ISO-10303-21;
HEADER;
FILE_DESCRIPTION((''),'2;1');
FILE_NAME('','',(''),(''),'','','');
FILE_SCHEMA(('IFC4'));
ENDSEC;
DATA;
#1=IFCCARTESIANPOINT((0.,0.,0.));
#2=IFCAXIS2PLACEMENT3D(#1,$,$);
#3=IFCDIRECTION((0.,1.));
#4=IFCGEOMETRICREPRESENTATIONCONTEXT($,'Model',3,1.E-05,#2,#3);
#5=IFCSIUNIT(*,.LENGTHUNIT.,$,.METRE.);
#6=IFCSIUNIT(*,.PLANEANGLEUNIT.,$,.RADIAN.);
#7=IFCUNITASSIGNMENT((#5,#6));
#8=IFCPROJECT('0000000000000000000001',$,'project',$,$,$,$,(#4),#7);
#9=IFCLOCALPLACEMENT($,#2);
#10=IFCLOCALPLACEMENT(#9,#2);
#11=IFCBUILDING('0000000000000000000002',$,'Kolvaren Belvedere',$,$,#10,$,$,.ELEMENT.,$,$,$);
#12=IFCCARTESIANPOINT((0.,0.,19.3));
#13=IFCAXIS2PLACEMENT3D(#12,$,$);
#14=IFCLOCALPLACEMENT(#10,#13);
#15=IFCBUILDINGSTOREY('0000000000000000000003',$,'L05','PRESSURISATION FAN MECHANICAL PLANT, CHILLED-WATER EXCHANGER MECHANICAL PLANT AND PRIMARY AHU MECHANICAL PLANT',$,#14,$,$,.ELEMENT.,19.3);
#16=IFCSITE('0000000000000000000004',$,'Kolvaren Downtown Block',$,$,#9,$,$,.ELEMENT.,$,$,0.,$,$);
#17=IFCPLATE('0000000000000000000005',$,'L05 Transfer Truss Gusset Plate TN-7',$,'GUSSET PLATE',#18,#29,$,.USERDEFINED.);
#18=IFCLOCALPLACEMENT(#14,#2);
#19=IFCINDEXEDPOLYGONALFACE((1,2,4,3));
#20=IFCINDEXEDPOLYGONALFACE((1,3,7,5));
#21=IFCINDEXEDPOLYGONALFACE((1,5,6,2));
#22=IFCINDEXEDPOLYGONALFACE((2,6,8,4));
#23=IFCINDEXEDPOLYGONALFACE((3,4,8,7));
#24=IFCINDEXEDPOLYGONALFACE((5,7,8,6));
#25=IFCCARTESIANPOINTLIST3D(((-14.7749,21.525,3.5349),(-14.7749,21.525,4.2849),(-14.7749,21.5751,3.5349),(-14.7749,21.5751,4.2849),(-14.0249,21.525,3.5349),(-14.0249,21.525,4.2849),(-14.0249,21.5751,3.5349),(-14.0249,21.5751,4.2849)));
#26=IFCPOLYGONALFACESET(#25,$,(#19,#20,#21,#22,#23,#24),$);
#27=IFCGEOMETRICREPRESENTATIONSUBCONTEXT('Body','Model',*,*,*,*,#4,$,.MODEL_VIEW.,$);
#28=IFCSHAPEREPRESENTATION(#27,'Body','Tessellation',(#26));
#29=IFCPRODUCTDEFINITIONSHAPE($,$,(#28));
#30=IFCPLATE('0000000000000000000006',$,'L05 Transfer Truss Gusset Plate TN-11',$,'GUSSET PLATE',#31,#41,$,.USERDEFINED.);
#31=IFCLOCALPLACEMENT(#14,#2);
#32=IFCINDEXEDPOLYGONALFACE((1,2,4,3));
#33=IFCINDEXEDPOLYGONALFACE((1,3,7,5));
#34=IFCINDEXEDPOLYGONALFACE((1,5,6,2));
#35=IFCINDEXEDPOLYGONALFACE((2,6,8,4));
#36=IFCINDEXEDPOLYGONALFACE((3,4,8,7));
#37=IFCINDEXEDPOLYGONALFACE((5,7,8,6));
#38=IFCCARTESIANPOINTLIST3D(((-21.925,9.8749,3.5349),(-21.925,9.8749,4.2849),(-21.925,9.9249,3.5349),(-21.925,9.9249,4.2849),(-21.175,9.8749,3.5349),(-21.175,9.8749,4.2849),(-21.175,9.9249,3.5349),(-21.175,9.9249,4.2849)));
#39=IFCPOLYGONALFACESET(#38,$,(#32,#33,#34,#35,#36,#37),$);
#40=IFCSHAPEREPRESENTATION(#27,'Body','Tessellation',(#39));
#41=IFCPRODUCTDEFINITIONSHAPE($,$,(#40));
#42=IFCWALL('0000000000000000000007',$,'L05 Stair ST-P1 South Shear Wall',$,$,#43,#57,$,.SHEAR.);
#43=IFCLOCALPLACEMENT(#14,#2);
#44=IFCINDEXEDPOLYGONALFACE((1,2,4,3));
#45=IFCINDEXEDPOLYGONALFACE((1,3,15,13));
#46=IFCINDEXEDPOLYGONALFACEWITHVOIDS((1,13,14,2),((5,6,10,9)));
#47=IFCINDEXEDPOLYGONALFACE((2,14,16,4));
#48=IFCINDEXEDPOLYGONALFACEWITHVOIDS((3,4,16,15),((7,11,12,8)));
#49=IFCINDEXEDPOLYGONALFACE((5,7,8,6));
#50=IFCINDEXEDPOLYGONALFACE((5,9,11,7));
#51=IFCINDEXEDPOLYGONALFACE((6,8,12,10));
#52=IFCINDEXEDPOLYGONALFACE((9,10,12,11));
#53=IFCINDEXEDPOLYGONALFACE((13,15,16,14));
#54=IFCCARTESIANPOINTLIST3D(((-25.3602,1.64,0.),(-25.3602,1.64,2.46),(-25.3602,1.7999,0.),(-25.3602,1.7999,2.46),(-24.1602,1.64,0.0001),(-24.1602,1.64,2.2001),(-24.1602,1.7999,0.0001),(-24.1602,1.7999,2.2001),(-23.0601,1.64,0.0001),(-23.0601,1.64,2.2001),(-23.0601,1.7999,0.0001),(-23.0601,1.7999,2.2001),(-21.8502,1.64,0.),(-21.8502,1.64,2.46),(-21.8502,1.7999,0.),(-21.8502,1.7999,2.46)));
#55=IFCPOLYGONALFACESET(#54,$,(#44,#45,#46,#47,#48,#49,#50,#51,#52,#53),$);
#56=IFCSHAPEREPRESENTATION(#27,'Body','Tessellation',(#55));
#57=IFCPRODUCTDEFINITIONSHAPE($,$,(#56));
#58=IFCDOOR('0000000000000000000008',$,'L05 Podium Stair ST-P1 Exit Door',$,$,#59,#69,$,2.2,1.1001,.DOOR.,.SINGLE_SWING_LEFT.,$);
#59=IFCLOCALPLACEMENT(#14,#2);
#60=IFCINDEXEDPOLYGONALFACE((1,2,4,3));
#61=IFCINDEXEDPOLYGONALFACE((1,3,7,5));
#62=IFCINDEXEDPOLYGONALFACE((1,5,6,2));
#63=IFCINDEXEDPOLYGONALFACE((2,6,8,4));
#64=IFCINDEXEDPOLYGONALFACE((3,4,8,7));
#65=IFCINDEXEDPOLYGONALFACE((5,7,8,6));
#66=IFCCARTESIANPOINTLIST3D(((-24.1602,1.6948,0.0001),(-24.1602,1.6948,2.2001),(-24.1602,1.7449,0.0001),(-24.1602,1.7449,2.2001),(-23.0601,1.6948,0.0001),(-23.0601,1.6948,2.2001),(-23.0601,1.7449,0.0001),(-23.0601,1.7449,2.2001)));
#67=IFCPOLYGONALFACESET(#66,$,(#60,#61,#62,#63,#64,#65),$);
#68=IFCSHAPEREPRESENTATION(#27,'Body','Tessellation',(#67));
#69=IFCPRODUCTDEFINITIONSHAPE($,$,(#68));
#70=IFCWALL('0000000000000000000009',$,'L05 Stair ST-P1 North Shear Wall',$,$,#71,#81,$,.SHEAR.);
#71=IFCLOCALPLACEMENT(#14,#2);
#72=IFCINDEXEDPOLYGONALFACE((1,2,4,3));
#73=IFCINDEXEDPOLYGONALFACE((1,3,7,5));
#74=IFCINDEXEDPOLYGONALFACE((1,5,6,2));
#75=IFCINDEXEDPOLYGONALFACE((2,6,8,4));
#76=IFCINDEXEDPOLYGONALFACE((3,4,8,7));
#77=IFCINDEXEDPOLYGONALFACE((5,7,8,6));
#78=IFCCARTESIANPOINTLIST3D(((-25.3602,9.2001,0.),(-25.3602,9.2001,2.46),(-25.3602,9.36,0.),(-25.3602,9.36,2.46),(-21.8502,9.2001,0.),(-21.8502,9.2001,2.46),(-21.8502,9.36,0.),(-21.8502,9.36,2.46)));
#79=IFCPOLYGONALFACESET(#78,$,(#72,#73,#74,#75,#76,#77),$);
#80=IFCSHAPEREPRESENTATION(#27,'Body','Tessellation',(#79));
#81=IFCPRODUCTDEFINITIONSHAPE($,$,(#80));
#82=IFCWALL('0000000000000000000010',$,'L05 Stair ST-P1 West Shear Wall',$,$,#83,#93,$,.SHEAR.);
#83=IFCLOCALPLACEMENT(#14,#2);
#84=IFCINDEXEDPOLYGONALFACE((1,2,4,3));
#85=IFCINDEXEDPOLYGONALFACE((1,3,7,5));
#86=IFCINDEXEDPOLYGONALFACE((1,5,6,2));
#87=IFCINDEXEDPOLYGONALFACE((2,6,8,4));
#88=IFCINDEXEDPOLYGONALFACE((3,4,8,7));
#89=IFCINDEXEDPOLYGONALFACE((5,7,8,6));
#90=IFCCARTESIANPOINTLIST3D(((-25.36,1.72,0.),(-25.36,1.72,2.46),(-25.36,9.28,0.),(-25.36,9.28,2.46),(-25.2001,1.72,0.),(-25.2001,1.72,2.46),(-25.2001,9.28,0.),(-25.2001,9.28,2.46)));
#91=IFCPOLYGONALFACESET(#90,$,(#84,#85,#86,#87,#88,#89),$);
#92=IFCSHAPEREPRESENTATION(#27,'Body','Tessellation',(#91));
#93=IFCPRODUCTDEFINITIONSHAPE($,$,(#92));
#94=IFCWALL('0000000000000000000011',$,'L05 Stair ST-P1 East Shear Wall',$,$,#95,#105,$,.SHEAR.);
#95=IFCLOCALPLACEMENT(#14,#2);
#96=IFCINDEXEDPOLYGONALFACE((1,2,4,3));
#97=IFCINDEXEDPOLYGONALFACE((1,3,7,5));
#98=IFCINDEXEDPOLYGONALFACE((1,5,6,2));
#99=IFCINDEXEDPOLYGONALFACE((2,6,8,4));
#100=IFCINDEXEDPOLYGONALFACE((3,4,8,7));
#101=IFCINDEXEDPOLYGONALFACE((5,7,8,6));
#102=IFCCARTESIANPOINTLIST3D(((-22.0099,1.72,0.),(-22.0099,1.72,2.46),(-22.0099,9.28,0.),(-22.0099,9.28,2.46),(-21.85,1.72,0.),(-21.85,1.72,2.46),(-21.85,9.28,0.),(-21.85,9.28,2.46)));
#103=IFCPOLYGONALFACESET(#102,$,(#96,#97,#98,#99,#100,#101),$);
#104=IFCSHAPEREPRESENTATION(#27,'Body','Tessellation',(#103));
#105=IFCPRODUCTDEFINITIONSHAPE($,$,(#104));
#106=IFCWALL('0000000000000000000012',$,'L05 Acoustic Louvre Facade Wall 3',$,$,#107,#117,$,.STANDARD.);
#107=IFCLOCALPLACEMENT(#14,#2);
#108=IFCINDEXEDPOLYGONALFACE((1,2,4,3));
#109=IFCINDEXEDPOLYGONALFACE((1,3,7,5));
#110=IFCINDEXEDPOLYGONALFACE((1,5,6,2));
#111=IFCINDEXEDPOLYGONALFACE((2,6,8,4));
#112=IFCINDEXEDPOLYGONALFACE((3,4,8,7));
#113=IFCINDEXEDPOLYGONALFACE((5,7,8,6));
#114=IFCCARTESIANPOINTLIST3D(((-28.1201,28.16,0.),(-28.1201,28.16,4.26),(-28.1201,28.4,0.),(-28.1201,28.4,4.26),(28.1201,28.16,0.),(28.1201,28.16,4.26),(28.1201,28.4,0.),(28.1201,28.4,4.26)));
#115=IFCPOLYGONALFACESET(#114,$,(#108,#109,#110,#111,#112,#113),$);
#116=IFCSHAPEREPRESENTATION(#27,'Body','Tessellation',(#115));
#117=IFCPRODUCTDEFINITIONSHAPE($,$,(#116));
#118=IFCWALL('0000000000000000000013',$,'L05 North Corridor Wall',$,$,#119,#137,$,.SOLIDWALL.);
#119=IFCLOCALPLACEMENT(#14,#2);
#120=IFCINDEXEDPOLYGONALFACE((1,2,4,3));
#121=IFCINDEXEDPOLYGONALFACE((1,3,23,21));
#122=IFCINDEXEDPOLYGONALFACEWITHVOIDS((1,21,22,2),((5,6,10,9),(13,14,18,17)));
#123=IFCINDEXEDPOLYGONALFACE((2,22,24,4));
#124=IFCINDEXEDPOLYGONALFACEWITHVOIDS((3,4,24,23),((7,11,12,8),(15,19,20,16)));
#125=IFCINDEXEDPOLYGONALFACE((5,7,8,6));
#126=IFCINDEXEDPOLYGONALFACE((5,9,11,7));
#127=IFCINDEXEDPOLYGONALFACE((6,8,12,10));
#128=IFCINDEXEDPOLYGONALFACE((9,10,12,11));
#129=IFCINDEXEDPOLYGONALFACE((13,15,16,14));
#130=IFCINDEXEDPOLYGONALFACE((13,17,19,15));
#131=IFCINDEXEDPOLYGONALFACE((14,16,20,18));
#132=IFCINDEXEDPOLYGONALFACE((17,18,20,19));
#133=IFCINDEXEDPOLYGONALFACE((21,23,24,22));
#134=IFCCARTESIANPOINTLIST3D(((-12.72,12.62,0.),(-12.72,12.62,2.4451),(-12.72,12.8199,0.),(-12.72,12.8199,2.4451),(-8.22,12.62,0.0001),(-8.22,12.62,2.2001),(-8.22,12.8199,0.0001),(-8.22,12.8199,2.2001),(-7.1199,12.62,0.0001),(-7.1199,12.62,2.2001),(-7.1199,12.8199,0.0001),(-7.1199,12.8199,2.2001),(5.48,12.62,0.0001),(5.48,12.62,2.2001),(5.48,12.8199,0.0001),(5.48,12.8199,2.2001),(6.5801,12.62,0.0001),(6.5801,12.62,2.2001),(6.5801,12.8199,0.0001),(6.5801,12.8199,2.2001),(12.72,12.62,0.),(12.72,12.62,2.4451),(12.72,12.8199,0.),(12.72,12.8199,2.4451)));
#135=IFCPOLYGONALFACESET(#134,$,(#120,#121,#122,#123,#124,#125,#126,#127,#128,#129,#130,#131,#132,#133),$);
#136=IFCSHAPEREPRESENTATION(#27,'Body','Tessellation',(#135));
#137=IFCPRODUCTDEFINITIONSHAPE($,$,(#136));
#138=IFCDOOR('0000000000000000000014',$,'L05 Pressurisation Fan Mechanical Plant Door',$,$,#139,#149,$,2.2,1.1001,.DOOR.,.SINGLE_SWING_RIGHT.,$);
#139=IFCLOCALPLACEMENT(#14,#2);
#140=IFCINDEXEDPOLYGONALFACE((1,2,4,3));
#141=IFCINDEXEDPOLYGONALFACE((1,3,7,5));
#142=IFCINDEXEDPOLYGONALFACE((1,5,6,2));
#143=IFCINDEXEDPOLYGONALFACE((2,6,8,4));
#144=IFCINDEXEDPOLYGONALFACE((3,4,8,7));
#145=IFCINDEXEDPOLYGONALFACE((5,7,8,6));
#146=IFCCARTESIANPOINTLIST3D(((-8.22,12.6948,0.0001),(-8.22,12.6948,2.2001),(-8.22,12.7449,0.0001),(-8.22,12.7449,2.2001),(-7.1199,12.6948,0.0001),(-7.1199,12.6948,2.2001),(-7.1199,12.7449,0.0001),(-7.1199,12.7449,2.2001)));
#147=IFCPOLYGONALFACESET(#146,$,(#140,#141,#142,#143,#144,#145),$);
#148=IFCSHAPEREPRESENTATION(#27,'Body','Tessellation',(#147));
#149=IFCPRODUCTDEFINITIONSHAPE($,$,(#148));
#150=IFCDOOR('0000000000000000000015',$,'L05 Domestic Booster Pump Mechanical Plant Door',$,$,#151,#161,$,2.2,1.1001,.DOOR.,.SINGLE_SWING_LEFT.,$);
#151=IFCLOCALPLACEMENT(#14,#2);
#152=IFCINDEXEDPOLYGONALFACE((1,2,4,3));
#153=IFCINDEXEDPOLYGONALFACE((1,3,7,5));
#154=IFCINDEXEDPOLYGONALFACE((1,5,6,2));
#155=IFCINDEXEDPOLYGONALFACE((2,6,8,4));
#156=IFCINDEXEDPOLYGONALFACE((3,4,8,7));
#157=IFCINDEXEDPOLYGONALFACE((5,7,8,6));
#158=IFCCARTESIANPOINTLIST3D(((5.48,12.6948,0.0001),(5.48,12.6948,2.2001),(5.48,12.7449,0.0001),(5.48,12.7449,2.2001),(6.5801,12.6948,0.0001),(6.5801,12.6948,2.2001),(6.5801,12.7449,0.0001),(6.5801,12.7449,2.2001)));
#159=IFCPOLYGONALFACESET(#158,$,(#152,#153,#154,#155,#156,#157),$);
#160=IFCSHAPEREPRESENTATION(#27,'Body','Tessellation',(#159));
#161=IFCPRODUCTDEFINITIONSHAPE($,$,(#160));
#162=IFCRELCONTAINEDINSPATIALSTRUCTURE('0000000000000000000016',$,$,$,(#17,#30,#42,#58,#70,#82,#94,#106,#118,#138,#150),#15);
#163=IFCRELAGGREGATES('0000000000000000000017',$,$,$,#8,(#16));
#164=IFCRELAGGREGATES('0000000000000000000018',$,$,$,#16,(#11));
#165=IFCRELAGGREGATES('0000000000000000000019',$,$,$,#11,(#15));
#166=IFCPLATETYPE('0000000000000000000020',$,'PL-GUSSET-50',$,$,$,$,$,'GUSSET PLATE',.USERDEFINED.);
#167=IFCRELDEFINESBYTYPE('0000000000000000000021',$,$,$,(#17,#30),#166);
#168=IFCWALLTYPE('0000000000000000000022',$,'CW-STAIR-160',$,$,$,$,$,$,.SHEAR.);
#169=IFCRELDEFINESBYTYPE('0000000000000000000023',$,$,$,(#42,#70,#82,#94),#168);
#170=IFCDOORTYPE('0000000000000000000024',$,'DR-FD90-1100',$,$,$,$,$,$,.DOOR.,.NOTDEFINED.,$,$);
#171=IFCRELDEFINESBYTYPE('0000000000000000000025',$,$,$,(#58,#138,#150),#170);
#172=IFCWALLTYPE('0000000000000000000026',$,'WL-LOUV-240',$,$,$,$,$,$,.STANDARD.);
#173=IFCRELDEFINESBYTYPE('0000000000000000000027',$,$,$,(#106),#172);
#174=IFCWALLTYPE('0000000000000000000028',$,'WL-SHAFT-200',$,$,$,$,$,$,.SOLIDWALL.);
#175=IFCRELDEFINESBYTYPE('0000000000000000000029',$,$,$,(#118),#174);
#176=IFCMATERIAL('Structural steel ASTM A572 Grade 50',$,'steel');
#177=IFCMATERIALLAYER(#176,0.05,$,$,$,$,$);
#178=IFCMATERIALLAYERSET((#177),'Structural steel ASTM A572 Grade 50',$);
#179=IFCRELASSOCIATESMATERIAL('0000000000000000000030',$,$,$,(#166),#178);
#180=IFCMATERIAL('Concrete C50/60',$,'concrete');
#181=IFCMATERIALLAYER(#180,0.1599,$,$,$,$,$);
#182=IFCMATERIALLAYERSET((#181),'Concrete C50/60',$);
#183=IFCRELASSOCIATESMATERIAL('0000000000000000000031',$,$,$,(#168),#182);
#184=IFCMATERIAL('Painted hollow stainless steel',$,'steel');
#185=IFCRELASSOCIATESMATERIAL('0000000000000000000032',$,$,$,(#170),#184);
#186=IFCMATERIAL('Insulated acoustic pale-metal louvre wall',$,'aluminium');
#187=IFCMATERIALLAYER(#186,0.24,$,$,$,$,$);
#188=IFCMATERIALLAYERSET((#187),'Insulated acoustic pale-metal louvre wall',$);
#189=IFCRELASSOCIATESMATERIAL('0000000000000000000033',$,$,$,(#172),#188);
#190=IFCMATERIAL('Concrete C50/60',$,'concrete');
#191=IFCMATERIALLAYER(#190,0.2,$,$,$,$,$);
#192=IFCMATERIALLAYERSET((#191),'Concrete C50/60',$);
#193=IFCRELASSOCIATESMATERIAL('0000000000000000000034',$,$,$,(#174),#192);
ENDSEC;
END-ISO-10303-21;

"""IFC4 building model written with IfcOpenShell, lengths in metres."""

from ifc_helpers import new_model, si_unit, direction, frame, frame_2d, origin, origin_2d, place, context, subcontext, project, spatial, rectangle, extrude, material, layer, layer_set, type_object, element, fill, save


model = new_model("IFC4")

# Units and contexts
model_context = context("Model", 3, precision=1e-05, world=origin(), true_north=direction((0.0, 1.0)))
body_context = subcontext(model_context, "Body", "Model", "MODEL_VIEW")
ifc_project = project(units=[si_unit("LENGTHUNIT", "METRE"), si_unit("PLANEANGLEUNIT", "RADIAN")], contexts=[model_context])

# Site, building, storey
site_placement = place(None, origin())
site = spatial("IfcSite", under=ifc_project, at=site_placement, Name="Kolvaren Downtown Block", CompositionType="ELEMENT", RefElevation=0.0)
building_placement = place(site_placement, origin())
building = spatial("IfcBuilding", under=site, at=building_placement, Name="Kolvaren Belvedere", CompositionType="ELEMENT")
storey_placement = place(building_placement, frame((0.0, 0.0, 19.3)))
storey = spatial("IfcBuildingStorey", under=building, at=storey_placement, Name="L05", Description="PRESSURISATION FAN MECHANICAL PLANT, CHILLED-WATER EXCHANGER MECHANICAL PLANT AND PRIMARY AHU MECHANICAL PLANT", CompositionType="ELEMENT", Elevation=19.3)

# Plates
ifc_material_1 = material(Name="Structural steel ASTM A572 Grade 50", Category="steel")
ifc_layer_1 = layer(ifc_material_1, 0.05)
ifc_layer_set_1 = layer_set([ifc_layer_1], Name="Structural steel ASTM A572 Grade 50")
plate_type = type_object("IfcPlateType", Name="PL-GUSSET-50", ElementType="GUSSET PLATE", PredefinedType="USERDEFINED", material=ifc_layer_set_1)
for number, where, z_axis, x_axis, name in (
    (1, (-14.3999, 21.55, 3.5349), (0.0, 0.0, 1.0), (1.0, 0.0, 0.0), "L05 Transfer Truss Gusset Plate TN-7"),
    (2, (-21.55, 9.8999, 3.5349), (0.0, 0.0, 1.0), (1.0, 0.0, 0.0), "L05 Transfer Truss Gusset Plate TN-11"),
):
    element("IfcPlate", number, at=place(storey_placement, frame(where, z_axis=z_axis, x_axis=x_axis)), inside=storey, type_object=plate_type, Name=name, ObjectType="GUSSET PLATE", PredefinedType="USERDEFINED", context=body_context, shape_type="SweptSolid", body=[
        extrude(rectangle(XDim=0.75, YDim=0.05, at=origin_2d()), origin(), (0.0, 0.0, 1.0), 0.75),
    ])

# Wall, opening, door
ifc_material_2 = material(Name="Concrete C50/60", Category="concrete")
ifc_layer_2 = layer(ifc_material_2, 0.1599)
ifc_layer_set_2 = layer_set([ifc_layer_2], Name="Concrete C50/60")
wall_type_1 = type_object("IfcWallType", Name="CW-STAIR-160", PredefinedType="SHEAR", material=ifc_layer_set_2)
wall_1_placement = place(storey_placement, frame((-25.3601, 1.72, 0.0), z_axis=(0.0, 0.0, 1.0), x_axis=(1.0, 0.0, 0.0)))
wall_1 = element("IfcWall", 3, at=wall_1_placement, inside=storey, type_object=wall_type_1, Name="L05 Stair ST-P1 South Shear Wall", PredefinedType="SHEAR", context=body_context, shape_type="SweptSolid", body=[
    extrude(rectangle(XDim=3.51, YDim=0.1599, at=frame_2d((1.7549, 0.0))), origin(), (0.0, 0.0, 1.0), 2.46),
])
opening_1_placement = place(wall_1_placement, frame((1.2, 0.0, 0.0)))
opening_1 = element("IfcOpeningElement", 4, at=opening_1_placement, cuts=wall_1, PredefinedType="OPENING", context=body_context, shape_type="SweptSolid", body=[
    extrude(rectangle(XDim=1.1001, YDim=2.2, at=frame_2d((0.55, 1.1001))), frame((0.0, 0.0898, 0.0), z_axis=(0.0, -1.0, 0.0), x_axis=(1.0, 0.0, 0.0)), (0.0, 0.0, 1.0), 0.1799),
])
ifc_material_3 = material(Name="Painted hollow stainless steel", Category="steel")
door_type = type_object("IfcDoorType", Name="DR-FD90-1100", OperationType="NOTDEFINED", PredefinedType="DOOR", material=ifc_material_3)
door_1_placement = place(opening_1_placement, origin())
door_1 = element("IfcDoor", 5, at=door_1_placement, inside=storey, type_object=door_type, Name="L05 Podium Stair ST-P1 Exit Door", OperationType="SINGLE_SWING_LEFT", OverallHeight=2.2, OverallWidth=1.1001, PredefinedType="DOOR", context=body_context, shape_type="SweptSolid", body=[
    extrude(rectangle(XDim=1.1001, YDim=2.2, at=frame_2d((0.55, 1.1001))), frame((0.0, 0.0249, 0.0), z_axis=(0.0, -1.0, 0.0), x_axis=(1.0, 0.0, 0.0)), (0.0, 0.0, 1.0), 0.05),
])
fill(opening_1, door_1)

# Walls
wall_2_placement = place(storey_placement, frame((-25.3601, 9.28, 0.0), z_axis=(0.0, 0.0, 1.0), x_axis=(1.0, 0.0, 0.0)))
element("IfcWall", 6, at=wall_2_placement, inside=storey, type_object=wall_type_1, Name="L05 Stair ST-P1 North Shear Wall", PredefinedType="SHEAR", context=body_context, shape_type="SweptSolid", body=[
    extrude(rectangle(XDim=3.51, YDim=0.1599, at=frame_2d((1.7549, 0.0))), origin(), (0.0, 0.0, 1.0), 2.46),
])
for number, where, z_axis, x_axis, name in (
    (7, (-25.28, 1.72, 0.0), (0.0, 0.0, 1.0), (0.0, 1.0, 0.0), "L05 Stair ST-P1 West Shear Wall"),
    (8, (-21.9299, 1.72, 0.0), (0.0, 0.0, 1.0), (0.0, 1.0, 0.0), "L05 Stair ST-P1 East Shear Wall"),
):
    element("IfcWall", number, at=place(storey_placement, frame(where, z_axis=z_axis, x_axis=x_axis)), inside=storey, type_object=wall_type_1, Name=name, PredefinedType="SHEAR", context=body_context, shape_type="SweptSolid", body=[
        extrude(rectangle(XDim=7.5601, YDim=0.1599, at=frame_2d((3.78, 0.0))), origin(), (0.0, 0.0, 1.0), 2.46),
    ])
ifc_material_4 = material(Name="Insulated acoustic pale-metal louvre wall", Category="aluminium")
ifc_layer_3 = layer(ifc_material_4, 0.24)
ifc_layer_set_3 = layer_set([ifc_layer_3], Name="Insulated acoustic pale-metal louvre wall")
wall_type_2 = type_object("IfcWallType", Name="WL-LOUV-240", PredefinedType="STANDARD", material=ifc_layer_set_3)
wall_3_placement = place(storey_placement, frame((-28.1201, 28.28, 0.0), z_axis=(0.0, 0.0, 1.0), x_axis=(1.0, 0.0, 0.0)))
element("IfcWall", 9, at=wall_3_placement, inside=storey, type_object=wall_type_2, Name="L05 Acoustic Louvre Facade Wall 3", PredefinedType="STANDARD", context=body_context, shape_type="SweptSolid", body=[
    extrude(rectangle(XDim=56.2402, YDim=0.24, at=frame_2d((28.1201, 0.0))), origin(), (0.0, 0.0, 1.0), 4.26),
])

# Wall, openings, doors
ifc_material_5 = material(Name="Concrete C50/60", Category="concrete")
ifc_layer_4 = layer(ifc_material_5, 0.2)
ifc_layer_set_4 = layer_set([ifc_layer_4], Name="Concrete C50/60")
wall_type_3 = type_object("IfcWallType", Name="WL-SHAFT-200", PredefinedType="SOLIDWALL", material=ifc_layer_set_4)
wall_4_placement = place(storey_placement, frame((-12.72, 12.72, 0.0), z_axis=(0.0, 0.0, 1.0), x_axis=(1.0, 0.0, 0.0)))
wall_4 = element("IfcWall", 10, at=wall_4_placement, inside=storey, type_object=wall_type_3, Name="L05 North Corridor Wall", PredefinedType="SOLIDWALL", context=body_context, shape_type="SweptSolid", body=[
    extrude(rectangle(XDim=25.4399, YDim=0.2, at=frame_2d((12.72, 0.0))), origin(), (0.0, 0.0, 1.0), 2.4451),
])
opening_2_placement = place(wall_4_placement, frame((4.5, 0.0, 0.0)))
opening_2 = element("IfcOpeningElement", 11, at=opening_2_placement, cuts=wall_4, PredefinedType="OPENING", context=body_context, shape_type="SweptSolid", body=[
    extrude(rectangle(XDim=1.1001, YDim=2.2, at=frame_2d((0.55, 1.1001))), frame((0.0, 0.1099, 0.0), z_axis=(0.0, -1.0, 0.0), x_axis=(1.0, 0.0, 0.0)), (0.0, 0.0, 1.0), 0.22),
])
opening_3_placement = place(wall_4_placement, frame((18.2, 0.0, 0.0)))
opening_3 = element("IfcOpeningElement", 12, at=opening_3_placement, cuts=wall_4, PredefinedType="OPENING", context=body_context, shape_type="SweptSolid", body=[
    extrude(rectangle(XDim=1.1001, YDim=2.2, at=frame_2d((0.55, 1.1001))), frame((0.0, 0.1099, 0.0), z_axis=(0.0, -1.0, 0.0), x_axis=(1.0, 0.0, 0.0)), (0.0, 0.0, 1.0), 0.22),
])
door_2_placement = place(opening_2_placement, origin())
door_2 = element("IfcDoor", 13, at=door_2_placement, inside=storey, type_object=door_type, Name="L05 Pressurisation Fan Mechanical Plant Door", OperationType="SINGLE_SWING_RIGHT", OverallHeight=2.2, OverallWidth=1.1001, PredefinedType="DOOR", context=body_context, shape_type="SweptSolid", body=[
    extrude(rectangle(XDim=1.1001, YDim=2.2, at=frame_2d((0.55, 1.1001))), frame((0.0, 0.0249, 0.0), z_axis=(0.0, -1.0, 0.0), x_axis=(1.0, 0.0, 0.0)), (0.0, 0.0, 1.0), 0.05),
])
fill(opening_2, door_2)
door_3_placement = place(opening_3_placement, origin())
door_3 = element("IfcDoor", 14, at=door_3_placement, inside=storey, type_object=door_type, Name="L05 Domestic Booster Pump Mechanical Plant Door", OperationType="SINGLE_SWING_LEFT", OverallHeight=2.2, OverallWidth=1.1001, PredefinedType="DOOR", context=body_context, shape_type="SweptSolid", body=[
    extrude(rectangle(XDim=1.1001, YDim=2.2, at=frame_2d((0.55, 1.1001))), frame((0.0, 0.0249, 0.0), z_axis=(0.0, -1.0, 0.0), x_axis=(1.0, 0.0, 0.0)), (0.0, 0.0, 1.0), 0.05),
])
fill(opening_3, door_3)

save(model, "model.ifc")
